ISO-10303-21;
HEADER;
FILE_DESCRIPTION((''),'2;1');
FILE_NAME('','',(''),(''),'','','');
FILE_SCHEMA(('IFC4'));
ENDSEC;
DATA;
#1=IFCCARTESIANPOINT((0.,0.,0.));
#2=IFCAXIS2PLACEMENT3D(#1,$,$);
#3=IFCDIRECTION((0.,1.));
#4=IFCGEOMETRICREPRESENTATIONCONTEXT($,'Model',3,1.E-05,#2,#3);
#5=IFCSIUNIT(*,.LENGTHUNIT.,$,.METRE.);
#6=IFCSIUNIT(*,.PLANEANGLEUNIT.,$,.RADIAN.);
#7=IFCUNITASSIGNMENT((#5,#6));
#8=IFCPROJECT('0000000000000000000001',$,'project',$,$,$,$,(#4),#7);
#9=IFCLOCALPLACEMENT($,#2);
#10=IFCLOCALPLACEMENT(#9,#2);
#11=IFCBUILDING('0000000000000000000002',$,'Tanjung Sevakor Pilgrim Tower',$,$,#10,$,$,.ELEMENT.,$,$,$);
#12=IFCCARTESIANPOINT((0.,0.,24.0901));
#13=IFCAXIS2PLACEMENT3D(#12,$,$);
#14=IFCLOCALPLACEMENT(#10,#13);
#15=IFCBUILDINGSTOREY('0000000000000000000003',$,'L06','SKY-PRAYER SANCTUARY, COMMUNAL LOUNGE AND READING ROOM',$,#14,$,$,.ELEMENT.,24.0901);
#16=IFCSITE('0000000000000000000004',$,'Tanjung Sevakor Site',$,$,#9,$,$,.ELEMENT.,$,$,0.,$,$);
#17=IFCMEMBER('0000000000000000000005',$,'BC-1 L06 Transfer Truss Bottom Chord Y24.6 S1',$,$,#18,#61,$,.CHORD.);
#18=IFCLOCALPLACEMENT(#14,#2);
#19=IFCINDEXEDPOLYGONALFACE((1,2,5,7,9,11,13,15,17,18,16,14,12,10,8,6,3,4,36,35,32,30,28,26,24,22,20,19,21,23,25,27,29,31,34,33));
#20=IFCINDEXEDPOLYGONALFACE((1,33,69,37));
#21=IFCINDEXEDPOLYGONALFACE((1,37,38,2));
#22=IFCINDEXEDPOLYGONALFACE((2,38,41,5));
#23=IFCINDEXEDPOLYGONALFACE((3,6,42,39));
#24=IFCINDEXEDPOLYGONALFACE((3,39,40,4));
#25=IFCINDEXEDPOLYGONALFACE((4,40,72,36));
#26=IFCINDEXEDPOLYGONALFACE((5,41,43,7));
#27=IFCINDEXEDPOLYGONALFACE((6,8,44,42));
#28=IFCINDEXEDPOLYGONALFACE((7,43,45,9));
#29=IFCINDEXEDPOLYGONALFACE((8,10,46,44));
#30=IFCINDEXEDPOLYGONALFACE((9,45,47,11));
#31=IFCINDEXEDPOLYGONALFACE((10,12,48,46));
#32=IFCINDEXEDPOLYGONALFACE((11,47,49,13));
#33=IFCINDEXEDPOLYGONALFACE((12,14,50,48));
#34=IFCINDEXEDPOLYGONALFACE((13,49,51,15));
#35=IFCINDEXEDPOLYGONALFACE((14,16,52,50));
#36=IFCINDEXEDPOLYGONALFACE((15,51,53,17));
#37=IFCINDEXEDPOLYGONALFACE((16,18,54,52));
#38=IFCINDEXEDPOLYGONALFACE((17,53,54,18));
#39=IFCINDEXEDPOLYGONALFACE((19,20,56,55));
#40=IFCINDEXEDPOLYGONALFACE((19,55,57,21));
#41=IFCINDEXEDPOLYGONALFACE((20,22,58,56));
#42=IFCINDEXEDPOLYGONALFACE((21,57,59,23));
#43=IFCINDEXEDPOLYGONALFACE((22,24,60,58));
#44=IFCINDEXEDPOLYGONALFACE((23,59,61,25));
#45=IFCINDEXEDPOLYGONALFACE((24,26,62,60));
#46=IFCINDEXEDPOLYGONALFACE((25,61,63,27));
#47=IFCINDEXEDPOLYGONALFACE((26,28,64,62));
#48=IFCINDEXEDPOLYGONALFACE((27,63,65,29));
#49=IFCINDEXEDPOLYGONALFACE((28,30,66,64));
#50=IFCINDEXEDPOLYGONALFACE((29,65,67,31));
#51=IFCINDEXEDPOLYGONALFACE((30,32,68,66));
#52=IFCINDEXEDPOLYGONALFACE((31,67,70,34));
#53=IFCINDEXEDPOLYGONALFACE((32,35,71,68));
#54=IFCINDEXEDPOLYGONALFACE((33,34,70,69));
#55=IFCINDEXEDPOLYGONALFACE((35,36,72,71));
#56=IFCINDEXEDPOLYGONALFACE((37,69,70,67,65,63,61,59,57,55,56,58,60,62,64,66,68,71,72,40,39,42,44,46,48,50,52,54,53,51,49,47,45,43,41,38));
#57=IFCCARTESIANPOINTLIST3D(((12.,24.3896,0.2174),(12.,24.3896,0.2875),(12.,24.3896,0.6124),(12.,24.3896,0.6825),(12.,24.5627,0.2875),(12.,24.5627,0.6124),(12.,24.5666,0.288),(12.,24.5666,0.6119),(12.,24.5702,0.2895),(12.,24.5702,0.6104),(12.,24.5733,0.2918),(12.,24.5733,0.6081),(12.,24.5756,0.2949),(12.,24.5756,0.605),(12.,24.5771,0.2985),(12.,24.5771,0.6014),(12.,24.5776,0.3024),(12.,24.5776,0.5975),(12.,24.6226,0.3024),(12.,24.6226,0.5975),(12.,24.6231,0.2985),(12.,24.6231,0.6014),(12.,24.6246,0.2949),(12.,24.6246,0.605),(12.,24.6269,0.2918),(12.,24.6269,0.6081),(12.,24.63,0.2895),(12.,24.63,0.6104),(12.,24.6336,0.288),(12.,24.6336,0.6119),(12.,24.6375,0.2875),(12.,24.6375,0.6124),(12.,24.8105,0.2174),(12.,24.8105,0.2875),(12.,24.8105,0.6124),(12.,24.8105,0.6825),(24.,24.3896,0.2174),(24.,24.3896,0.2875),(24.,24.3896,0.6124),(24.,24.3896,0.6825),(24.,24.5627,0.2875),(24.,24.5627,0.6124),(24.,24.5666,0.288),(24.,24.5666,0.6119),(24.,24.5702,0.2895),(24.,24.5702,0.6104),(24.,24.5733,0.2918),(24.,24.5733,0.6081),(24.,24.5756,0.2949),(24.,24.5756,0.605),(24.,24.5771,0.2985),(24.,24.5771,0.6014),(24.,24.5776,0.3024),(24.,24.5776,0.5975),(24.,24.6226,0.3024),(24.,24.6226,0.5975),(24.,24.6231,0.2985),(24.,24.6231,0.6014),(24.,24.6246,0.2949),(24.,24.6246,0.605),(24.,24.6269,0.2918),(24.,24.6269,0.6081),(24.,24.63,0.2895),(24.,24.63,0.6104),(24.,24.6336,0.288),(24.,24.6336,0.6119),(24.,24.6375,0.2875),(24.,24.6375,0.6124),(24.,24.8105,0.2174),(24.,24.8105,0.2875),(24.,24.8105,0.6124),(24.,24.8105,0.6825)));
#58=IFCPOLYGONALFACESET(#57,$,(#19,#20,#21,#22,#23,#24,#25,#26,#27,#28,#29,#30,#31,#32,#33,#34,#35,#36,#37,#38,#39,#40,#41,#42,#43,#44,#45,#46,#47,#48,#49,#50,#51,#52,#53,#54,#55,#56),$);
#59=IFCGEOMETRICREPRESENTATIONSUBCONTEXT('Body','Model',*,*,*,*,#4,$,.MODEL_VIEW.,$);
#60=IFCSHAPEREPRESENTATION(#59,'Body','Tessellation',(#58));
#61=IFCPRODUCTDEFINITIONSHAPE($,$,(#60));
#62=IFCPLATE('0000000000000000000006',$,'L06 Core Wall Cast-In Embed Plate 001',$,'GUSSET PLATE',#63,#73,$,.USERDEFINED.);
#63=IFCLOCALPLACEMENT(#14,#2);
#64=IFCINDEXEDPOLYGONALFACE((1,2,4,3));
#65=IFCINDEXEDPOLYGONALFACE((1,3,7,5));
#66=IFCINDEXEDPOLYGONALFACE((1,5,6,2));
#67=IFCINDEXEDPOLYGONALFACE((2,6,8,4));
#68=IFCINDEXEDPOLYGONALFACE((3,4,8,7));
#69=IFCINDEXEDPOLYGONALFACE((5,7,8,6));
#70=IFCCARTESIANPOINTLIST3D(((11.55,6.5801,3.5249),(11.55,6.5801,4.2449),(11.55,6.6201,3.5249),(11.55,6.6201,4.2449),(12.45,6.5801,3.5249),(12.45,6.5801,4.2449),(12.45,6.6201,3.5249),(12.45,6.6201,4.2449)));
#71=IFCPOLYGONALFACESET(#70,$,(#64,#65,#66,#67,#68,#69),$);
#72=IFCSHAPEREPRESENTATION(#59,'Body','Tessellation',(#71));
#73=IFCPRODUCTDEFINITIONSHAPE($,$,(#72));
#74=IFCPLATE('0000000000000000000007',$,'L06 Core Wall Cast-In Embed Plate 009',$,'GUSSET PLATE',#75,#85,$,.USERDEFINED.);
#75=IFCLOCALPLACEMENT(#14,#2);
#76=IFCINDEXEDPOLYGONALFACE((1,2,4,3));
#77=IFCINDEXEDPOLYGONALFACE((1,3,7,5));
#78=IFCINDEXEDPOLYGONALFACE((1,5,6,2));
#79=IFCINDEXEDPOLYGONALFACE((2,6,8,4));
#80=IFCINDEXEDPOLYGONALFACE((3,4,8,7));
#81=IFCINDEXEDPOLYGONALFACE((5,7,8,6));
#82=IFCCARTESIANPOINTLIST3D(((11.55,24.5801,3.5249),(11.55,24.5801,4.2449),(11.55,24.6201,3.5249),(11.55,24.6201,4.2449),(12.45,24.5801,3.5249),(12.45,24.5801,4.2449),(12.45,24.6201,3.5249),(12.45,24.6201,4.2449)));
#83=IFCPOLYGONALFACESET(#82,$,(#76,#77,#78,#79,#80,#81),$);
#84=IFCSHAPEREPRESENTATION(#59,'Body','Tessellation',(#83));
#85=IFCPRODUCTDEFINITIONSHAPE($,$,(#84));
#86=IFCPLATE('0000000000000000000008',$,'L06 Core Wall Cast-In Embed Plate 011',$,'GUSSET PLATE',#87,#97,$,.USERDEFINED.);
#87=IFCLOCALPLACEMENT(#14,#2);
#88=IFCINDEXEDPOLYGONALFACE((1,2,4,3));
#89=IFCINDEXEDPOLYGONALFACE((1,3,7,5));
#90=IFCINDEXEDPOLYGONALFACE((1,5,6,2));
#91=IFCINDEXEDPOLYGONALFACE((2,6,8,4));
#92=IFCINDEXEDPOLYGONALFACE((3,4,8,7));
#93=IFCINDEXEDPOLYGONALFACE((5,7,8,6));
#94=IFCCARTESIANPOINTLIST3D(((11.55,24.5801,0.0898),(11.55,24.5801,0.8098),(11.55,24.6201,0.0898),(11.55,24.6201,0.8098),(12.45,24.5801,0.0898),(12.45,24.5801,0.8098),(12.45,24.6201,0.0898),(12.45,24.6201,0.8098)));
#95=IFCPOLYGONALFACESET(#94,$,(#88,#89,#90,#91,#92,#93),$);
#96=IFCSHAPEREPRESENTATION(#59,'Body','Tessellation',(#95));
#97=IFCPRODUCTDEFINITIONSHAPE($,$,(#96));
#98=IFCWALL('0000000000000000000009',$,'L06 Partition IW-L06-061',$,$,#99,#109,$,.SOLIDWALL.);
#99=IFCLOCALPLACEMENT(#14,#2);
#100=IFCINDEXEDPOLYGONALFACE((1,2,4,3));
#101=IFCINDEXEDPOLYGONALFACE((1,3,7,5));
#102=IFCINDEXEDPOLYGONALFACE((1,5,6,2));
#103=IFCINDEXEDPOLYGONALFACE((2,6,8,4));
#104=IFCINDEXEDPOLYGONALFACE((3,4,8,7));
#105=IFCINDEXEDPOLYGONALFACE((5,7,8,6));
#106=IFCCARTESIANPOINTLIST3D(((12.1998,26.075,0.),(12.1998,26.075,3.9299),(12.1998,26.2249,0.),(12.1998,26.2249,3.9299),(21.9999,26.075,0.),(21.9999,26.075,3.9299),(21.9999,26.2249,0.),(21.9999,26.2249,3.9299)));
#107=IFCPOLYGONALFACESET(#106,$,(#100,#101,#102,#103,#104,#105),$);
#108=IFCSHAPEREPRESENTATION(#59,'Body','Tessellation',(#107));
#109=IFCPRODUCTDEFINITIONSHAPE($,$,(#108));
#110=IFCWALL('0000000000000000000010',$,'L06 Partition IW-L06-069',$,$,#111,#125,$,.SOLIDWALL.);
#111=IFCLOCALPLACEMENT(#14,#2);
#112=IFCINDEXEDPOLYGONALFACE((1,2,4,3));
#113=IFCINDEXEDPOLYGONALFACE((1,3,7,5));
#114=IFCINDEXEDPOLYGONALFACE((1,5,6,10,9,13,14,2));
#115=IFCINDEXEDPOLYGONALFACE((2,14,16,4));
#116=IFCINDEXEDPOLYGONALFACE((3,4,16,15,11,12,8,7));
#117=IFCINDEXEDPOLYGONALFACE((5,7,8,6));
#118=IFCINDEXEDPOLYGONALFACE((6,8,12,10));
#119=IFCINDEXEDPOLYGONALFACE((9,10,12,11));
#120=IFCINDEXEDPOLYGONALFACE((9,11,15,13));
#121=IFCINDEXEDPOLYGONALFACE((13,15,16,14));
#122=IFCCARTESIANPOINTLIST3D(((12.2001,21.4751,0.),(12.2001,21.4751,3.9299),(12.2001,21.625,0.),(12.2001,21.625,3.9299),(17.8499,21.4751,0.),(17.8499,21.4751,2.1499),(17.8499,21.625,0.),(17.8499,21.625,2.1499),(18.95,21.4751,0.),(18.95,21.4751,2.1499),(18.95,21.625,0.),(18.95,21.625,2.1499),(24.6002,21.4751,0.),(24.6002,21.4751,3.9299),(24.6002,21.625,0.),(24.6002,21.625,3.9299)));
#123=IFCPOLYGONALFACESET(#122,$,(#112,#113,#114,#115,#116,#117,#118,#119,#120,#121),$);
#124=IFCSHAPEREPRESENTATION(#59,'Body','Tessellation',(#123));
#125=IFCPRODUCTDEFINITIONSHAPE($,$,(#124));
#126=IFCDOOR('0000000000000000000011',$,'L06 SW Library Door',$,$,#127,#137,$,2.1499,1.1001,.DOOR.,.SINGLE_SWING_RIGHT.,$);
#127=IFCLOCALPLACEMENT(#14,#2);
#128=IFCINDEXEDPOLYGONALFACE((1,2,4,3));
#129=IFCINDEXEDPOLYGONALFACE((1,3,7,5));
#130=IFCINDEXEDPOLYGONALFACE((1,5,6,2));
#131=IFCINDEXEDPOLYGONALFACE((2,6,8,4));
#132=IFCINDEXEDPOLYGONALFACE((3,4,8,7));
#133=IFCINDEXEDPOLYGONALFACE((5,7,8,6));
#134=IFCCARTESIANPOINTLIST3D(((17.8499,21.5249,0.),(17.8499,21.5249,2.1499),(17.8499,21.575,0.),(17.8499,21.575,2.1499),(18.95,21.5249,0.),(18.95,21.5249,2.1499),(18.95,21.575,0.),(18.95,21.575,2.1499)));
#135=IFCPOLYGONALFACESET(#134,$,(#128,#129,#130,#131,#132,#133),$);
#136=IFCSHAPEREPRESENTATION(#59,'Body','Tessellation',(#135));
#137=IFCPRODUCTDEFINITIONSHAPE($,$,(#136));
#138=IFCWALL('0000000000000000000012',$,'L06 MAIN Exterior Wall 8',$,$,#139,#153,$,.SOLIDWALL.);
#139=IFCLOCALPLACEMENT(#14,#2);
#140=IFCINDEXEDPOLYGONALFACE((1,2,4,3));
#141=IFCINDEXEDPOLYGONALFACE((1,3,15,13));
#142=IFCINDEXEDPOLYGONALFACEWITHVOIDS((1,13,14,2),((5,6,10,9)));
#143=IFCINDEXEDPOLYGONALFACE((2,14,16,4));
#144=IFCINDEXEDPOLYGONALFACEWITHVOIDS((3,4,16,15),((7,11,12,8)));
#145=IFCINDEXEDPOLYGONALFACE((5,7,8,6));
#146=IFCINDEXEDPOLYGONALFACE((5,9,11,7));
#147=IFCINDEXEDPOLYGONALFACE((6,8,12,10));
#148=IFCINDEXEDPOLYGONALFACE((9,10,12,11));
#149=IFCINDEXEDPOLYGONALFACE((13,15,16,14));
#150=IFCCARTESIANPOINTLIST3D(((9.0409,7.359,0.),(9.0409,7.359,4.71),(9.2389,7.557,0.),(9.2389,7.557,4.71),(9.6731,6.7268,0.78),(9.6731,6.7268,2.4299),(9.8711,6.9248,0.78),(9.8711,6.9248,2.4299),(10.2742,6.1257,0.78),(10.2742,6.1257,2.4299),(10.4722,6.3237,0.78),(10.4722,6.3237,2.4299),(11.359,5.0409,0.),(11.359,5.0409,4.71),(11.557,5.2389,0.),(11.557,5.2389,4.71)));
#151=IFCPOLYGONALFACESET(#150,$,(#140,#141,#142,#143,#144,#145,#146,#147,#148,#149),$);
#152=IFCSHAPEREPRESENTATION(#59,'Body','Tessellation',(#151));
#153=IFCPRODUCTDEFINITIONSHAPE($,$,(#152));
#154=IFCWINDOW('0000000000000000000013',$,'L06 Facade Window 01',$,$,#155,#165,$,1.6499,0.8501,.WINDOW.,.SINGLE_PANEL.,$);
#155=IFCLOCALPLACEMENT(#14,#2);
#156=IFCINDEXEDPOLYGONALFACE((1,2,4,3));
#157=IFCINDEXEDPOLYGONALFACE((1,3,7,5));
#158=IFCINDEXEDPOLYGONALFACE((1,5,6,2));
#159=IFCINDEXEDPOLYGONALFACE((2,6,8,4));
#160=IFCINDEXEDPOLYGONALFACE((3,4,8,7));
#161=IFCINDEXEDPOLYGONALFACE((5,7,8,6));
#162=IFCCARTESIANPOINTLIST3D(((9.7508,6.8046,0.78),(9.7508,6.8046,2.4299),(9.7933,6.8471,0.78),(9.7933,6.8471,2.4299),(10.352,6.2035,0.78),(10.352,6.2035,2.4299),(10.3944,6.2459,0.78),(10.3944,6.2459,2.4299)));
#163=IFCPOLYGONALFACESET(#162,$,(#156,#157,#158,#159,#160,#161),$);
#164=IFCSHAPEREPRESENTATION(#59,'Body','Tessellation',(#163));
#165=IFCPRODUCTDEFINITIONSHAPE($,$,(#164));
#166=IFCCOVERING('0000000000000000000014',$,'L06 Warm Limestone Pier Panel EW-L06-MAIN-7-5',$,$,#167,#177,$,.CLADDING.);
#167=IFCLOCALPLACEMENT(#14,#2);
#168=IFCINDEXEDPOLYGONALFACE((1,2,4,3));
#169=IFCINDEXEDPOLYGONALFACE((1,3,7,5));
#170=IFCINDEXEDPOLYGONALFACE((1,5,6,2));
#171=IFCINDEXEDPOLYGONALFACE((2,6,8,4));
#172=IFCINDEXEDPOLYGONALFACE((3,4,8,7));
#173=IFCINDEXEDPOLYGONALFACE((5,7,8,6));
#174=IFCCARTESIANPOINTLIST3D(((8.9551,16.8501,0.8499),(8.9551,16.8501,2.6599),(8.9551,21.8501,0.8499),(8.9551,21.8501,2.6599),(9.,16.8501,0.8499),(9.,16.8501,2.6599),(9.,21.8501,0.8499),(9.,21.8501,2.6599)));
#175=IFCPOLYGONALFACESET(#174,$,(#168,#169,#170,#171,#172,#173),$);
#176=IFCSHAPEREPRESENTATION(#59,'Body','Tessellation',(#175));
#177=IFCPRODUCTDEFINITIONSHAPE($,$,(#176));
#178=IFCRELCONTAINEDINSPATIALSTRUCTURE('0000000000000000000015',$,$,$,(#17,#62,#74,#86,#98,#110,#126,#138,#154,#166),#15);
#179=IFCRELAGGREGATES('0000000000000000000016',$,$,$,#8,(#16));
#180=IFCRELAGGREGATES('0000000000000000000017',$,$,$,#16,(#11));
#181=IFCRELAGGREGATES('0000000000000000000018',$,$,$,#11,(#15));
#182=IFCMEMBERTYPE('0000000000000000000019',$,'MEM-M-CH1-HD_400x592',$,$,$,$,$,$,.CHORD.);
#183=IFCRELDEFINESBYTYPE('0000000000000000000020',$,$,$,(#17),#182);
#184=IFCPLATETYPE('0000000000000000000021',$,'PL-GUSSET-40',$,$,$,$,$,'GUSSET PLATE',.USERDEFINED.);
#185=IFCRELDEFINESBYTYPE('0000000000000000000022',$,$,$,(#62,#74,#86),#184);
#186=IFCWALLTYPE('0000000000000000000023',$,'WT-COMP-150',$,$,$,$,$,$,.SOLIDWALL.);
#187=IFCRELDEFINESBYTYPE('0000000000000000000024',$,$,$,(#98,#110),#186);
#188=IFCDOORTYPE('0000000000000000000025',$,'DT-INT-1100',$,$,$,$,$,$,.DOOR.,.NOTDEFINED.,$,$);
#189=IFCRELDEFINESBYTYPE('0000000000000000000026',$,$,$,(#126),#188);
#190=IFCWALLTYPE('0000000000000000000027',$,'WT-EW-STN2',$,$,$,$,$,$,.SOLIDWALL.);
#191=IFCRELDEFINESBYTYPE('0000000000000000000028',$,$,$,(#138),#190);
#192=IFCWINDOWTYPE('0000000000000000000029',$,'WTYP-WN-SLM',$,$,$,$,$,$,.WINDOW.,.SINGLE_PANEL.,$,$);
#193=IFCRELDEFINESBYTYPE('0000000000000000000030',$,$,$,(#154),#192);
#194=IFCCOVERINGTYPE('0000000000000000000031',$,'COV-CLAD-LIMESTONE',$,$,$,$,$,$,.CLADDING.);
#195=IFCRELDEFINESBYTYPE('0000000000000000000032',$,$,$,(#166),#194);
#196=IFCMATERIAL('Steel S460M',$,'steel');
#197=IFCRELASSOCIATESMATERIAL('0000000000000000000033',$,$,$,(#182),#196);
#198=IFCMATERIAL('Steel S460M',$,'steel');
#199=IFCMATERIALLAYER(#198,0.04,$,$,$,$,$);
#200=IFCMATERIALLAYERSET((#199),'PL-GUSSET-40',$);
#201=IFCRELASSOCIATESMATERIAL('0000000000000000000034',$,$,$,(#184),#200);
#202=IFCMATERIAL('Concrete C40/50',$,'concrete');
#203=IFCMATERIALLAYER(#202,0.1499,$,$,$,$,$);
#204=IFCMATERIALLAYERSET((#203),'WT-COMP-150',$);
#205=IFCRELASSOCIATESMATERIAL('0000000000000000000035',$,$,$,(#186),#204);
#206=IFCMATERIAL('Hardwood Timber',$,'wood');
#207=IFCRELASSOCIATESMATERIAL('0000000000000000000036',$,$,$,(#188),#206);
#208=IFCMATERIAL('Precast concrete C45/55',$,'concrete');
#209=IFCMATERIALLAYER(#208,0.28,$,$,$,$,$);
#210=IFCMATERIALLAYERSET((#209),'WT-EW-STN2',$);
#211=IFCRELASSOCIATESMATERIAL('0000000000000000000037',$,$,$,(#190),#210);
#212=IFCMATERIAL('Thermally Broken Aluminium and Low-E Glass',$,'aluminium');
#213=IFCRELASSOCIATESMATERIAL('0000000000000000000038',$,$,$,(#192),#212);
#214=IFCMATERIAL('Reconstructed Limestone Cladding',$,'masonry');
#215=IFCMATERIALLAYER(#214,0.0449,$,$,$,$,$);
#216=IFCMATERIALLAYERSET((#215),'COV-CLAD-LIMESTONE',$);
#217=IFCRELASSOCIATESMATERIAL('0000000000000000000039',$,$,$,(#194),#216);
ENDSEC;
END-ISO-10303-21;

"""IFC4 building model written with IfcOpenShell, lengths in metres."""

from ifc_helpers import new_model, si_unit, direction, frame, frame_2d, origin, origin_2d, place, context, subcontext, project, spatial, rectangle, i_section, extrude, material, layer, layer_set, material_profile, profile_set, type_object, element, fill, save


model = new_model("IFC4")

# Units and contexts
model_context = context("Model", 3, precision=1e-05, world=origin(), true_north=direction((0.0, 1.0)))
body_context = subcontext(model_context, "Body", "Model", "MODEL_VIEW")
ifc_project = project(units=[si_unit("LENGTHUNIT", "METRE"), si_unit("PLANEANGLEUNIT", "RADIAN")], contexts=[model_context])

# Site, building, storey
site_placement = place(None, origin())
site = spatial("IfcSite", under=ifc_project, at=site_placement, Name="Tanjung Sevakor Site", CompositionType="ELEMENT", RefElevation=0.0)
building_placement = place(site_placement, origin())
building = spatial("IfcBuilding", under=site, at=building_placement, Name="Tanjung Sevakor Pilgrim Tower", CompositionType="ELEMENT")
storey_placement = place(building_placement, frame((0.0, 0.0, 24.0901)))
storey = spatial("IfcBuildingStorey", under=building, at=storey_placement, Name="L06", Description="SKY-PRAYER SANCTUARY, COMMUNAL LOUNGE AND READING ROOM", CompositionType="ELEMENT", Elevation=24.0901)

# Member
ifc_material_1 = material(Name="Steel S460M", Category="steel")
ifc_material_profile_1 = material_profile(ifc_material_1, i_section(OverallWidth=0.4209, OverallDepth=0.4651, WebThickness=0.0449, FlangeThickness=0.0701, FilletRadius=0.0149, at=origin_2d()))
ifc_profile_set_1 = profile_set([ifc_material_profile_1], Name="Steel S460M")
member_type_1 = type_object("IfcMemberType", Name="MEM-M-CH1-HD_400x592", PredefinedType="CHORD", material=ifc_profile_set_1)
member_1_placement = place(storey_placement, frame((12.0, 24.6001, 0.45), z_axis=(1.0, 0.0, 0.0), x_axis=(0.0, 1.0, 0.0)))
element("IfcMember", 1, at=member_1_placement, inside=storey, type_object=member_type_1, Name="BC-1 L06 Transfer Truss Bottom Chord Y24.6 S1", PredefinedType="CHORD", context=body_context, shape_type="SweptSolid", body=[
    extrude(i_section(OverallWidth=0.4209, OverallDepth=0.4651, WebThickness=0.0449, FlangeThickness=0.0701, FilletRadius=0.0149, at=origin_2d()), origin(), (0.0, 0.0, 1.0), 12.0),
])

# Plates
ifc_material_2 = material(Name="Steel S460M", Category="steel")
ifc_layer_1 = layer(ifc_material_2, 0.04)
ifc_layer_set_1 = layer_set([ifc_layer_1], Name="PL-GUSSET-40")
plate_type = type_object("IfcPlateType", Name="PL-GUSSET-40", ElementType="GUSSET PLATE", PredefinedType="USERDEFINED", material=ifc_layer_set_1)
for number, where, z_axis, x_axis, name in (
    (2, (12.0, 6.6001, 3.5249), (0.0, 0.0, 1.0), (1.0, 0.0, 0.0), "L06 Core Wall Cast-In Embed Plate 001"),
    (3, (12.0, 24.6001, 3.5249), (0.0, 0.0, 1.0), (1.0, 0.0, 0.0), "L06 Core Wall Cast-In Embed Plate 009"),
    (4, (12.0, 24.6001, 0.0898), (0.0, 0.0, 1.0), (1.0, 0.0, 0.0), "L06 Core Wall Cast-In Embed Plate 011"),
):
    element("IfcPlate", number, at=place(storey_placement, frame(where, z_axis=z_axis, x_axis=x_axis)), inside=storey, type_object=plate_type, Name=name, ObjectType="GUSSET PLATE", PredefinedType="USERDEFINED", context=body_context, shape_type="SweptSolid", body=[
        extrude(rectangle(XDim=0.8999, YDim=0.04, at=origin_2d()), origin(), (0.0, 0.0, 1.0), 0.72),
    ])

# Wall
ifc_material_3 = material(Name="Concrete C40/50", Category="concrete")
ifc_layer_2 = layer(ifc_material_3, 0.1499)
ifc_layer_set_2 = layer_set([ifc_layer_2], Name="WT-COMP-150")
wall_type_1 = type_object("IfcWallType", Name="WT-COMP-150", PredefinedType="SOLIDWALL", material=ifc_layer_set_2)
wall_1_placement = place(storey_placement, frame((12.2, 26.1499, 0.0), z_axis=(0.0, 0.0, 1.0), x_axis=(1.0, 0.0, 0.0)))
element("IfcWall", 5, at=wall_1_placement, inside=storey, type_object=wall_type_1, Name="L06 Partition IW-L06-061", PredefinedType="SOLIDWALL", context=body_context, shape_type="SweptSolid", body=[
    extrude(rectangle(XDim=9.8, YDim=0.1499, at=frame_2d((4.8999, 0.0))), origin(), (0.0, 0.0, 1.0), 3.9299),
])

# Wall, opening, door
wall_2_placement = place(storey_placement, frame((12.2, 21.55, 0.0), z_axis=(0.0, 0.0, 1.0), x_axis=(1.0, 0.0, 0.0)))
wall_2 = element("IfcWall", 6, at=wall_2_placement, inside=storey, type_object=wall_type_1, Name="L06 Partition IW-L06-069", PredefinedType="SOLIDWALL", context=body_context, shape_type="SweptSolid", body=[
    extrude(rectangle(XDim=12.4001, YDim=0.1499, at=frame_2d((6.2002, 0.0))), origin(), (0.0, 0.0, 1.0), 3.9299),
])
opening_1_placement = place(wall_2_placement, frame((5.6499, 0.0, 0.0)))
opening_1 = element("IfcOpeningElement", 7, at=opening_1_placement, cuts=wall_2, PredefinedType="OPENING", context=body_context, shape_type="SweptSolid", body=[
    extrude(rectangle(XDim=1.1001, YDim=2.1499, at=frame_2d((0.55, 1.075))), frame((0.0, 0.085, 0.0), z_axis=(0.0, -1.0, 0.0), x_axis=(1.0, 0.0, 0.0)), (0.0, 0.0, 1.0), 0.1699),
])
ifc_material_4 = material(Name="Hardwood Timber", Category="wood")
door_type = type_object("IfcDoorType", Name="DT-INT-1100", OperationType="NOTDEFINED", PredefinedType="DOOR", material=ifc_material_4)
door_placement = place(opening_1_placement, origin())
door = element("IfcDoor", 8, at=door_placement, inside=storey, type_object=door_type, Name="L06 SW Library Door", OperationType="SINGLE_SWING_RIGHT", OverallHeight=2.1499, OverallWidth=1.1001, PredefinedType="DOOR", context=body_context, shape_type="SweptSolid", body=[
    extrude(rectangle(XDim=1.1001, YDim=2.1499, at=frame_2d((0.55, 1.075))), frame((0.0, 0.0249, 0.0), z_axis=(0.0, -1.0, 0.0), x_axis=(1.0, 0.0, 0.0)), (0.0, 0.0, 1.0), 0.05),
])
fill(opening_1, door)

# Wall, opening, window
ifc_material_5 = material(Name="Precast concrete C45/55", Category="concrete")
ifc_layer_3 = layer(ifc_material_5, 0.28)
ifc_layer_set_3 = layer_set([ifc_layer_3], Name="WT-EW-STN2")
wall_type_2 = type_object("IfcWallType", Name="WT-EW-STN2", PredefinedType="SOLIDWALL", material=ifc_layer_set_3)
wall_3_placement = place(storey_placement, frame((9.1399, 7.458, 0.0), z_axis=(0.0, 0.0, 1.0), x_axis=(0.707107, -0.707107, 0.0)))
wall_3 = element("IfcWall", 9, at=wall_3_placement, inside=storey, type_object=wall_type_2, Name="L06 MAIN Exterior Wall 8", PredefinedType="SOLIDWALL", context=body_context, shape_type="SweptSolid", body=[
    extrude(rectangle(XDim=3.2783, YDim=0.28, at=frame_2d((1.6392, 0.0))), origin(), (0.0, 0.0, 1.0), 4.71),
])
opening_2_placement = place(wall_3_placement, frame((0.894, 0.0, 0.78)))
opening_2 = element("IfcOpeningElement", 10, at=opening_2_placement, cuts=wall_3, PredefinedType="OPENING", context=body_context, shape_type="SweptSolid", body=[
    extrude(rectangle(XDim=0.8501, YDim=1.6499, at=frame_2d((0.425, 0.825))), frame((0.0, 0.1499, 0.0), z_axis=(0.0, -1.0, 0.0), x_axis=(1.0, 0.0, 0.0)), (0.0, 0.0, 1.0), 0.3),
])
ifc_material_6 = material(Name="Thermally Broken Aluminium and Low-E Glass", Category="aluminium")
window_type = type_object("IfcWindowType", Name="WTYP-WN-SLM", PartitioningType="SINGLE_PANEL", PredefinedType="WINDOW", material=ifc_material_6)
window_placement = place(opening_2_placement, origin())
window = element("IfcWindow", 11, at=window_placement, inside=storey, type_object=window_type, Name="L06 Facade Window 01", OverallHeight=1.6499, OverallWidth=0.8501, PartitioningType="SINGLE_PANEL", PredefinedType="WINDOW", context=body_context, shape_type="SweptSolid", body=[
    extrude(rectangle(XDim=0.8501, YDim=1.6499, at=frame_2d((0.425, 0.825))), frame((0.0, 0.03, 0.0), z_axis=(0.0, -1.0, 0.0), x_axis=(1.0, 0.0, 0.0)), (0.0, 0.0, 1.0), 0.0601),
])
fill(opening_2, window)

# Covering
ifc_material_7 = material(Name="Reconstructed Limestone Cladding", Category="masonry")
ifc_layer_4 = layer(ifc_material_7, 0.0449)
ifc_layer_set_4 = layer_set([ifc_layer_4], Name="COV-CLAD-LIMESTONE")
covering_type = type_object("IfcCoveringType", Name="COV-CLAD-LIMESTONE", PredefinedType="CLADDING", material=ifc_layer_set_4)
covering_1_placement = place(storey_placement, frame((8.9775, 19.3501, 0.8499), z_axis=(0.0, 0.0, 1.0), x_axis=(0.0, -1.0, 0.0)))
element("IfcCovering", 12, at=covering_1_placement, inside=storey, type_object=covering_type, Name="L06 Warm Limestone Pier Panel EW-L06-MAIN-7-5", PredefinedType="CLADDING", context=body_context, shape_type="SweptSolid", body=[
    extrude(rectangle(XDim=5.0, YDim=0.0449, at=origin_2d()), origin(), (0.0, 0.0, 1.0), 1.8101),
])

save(model, "model.ifc")
